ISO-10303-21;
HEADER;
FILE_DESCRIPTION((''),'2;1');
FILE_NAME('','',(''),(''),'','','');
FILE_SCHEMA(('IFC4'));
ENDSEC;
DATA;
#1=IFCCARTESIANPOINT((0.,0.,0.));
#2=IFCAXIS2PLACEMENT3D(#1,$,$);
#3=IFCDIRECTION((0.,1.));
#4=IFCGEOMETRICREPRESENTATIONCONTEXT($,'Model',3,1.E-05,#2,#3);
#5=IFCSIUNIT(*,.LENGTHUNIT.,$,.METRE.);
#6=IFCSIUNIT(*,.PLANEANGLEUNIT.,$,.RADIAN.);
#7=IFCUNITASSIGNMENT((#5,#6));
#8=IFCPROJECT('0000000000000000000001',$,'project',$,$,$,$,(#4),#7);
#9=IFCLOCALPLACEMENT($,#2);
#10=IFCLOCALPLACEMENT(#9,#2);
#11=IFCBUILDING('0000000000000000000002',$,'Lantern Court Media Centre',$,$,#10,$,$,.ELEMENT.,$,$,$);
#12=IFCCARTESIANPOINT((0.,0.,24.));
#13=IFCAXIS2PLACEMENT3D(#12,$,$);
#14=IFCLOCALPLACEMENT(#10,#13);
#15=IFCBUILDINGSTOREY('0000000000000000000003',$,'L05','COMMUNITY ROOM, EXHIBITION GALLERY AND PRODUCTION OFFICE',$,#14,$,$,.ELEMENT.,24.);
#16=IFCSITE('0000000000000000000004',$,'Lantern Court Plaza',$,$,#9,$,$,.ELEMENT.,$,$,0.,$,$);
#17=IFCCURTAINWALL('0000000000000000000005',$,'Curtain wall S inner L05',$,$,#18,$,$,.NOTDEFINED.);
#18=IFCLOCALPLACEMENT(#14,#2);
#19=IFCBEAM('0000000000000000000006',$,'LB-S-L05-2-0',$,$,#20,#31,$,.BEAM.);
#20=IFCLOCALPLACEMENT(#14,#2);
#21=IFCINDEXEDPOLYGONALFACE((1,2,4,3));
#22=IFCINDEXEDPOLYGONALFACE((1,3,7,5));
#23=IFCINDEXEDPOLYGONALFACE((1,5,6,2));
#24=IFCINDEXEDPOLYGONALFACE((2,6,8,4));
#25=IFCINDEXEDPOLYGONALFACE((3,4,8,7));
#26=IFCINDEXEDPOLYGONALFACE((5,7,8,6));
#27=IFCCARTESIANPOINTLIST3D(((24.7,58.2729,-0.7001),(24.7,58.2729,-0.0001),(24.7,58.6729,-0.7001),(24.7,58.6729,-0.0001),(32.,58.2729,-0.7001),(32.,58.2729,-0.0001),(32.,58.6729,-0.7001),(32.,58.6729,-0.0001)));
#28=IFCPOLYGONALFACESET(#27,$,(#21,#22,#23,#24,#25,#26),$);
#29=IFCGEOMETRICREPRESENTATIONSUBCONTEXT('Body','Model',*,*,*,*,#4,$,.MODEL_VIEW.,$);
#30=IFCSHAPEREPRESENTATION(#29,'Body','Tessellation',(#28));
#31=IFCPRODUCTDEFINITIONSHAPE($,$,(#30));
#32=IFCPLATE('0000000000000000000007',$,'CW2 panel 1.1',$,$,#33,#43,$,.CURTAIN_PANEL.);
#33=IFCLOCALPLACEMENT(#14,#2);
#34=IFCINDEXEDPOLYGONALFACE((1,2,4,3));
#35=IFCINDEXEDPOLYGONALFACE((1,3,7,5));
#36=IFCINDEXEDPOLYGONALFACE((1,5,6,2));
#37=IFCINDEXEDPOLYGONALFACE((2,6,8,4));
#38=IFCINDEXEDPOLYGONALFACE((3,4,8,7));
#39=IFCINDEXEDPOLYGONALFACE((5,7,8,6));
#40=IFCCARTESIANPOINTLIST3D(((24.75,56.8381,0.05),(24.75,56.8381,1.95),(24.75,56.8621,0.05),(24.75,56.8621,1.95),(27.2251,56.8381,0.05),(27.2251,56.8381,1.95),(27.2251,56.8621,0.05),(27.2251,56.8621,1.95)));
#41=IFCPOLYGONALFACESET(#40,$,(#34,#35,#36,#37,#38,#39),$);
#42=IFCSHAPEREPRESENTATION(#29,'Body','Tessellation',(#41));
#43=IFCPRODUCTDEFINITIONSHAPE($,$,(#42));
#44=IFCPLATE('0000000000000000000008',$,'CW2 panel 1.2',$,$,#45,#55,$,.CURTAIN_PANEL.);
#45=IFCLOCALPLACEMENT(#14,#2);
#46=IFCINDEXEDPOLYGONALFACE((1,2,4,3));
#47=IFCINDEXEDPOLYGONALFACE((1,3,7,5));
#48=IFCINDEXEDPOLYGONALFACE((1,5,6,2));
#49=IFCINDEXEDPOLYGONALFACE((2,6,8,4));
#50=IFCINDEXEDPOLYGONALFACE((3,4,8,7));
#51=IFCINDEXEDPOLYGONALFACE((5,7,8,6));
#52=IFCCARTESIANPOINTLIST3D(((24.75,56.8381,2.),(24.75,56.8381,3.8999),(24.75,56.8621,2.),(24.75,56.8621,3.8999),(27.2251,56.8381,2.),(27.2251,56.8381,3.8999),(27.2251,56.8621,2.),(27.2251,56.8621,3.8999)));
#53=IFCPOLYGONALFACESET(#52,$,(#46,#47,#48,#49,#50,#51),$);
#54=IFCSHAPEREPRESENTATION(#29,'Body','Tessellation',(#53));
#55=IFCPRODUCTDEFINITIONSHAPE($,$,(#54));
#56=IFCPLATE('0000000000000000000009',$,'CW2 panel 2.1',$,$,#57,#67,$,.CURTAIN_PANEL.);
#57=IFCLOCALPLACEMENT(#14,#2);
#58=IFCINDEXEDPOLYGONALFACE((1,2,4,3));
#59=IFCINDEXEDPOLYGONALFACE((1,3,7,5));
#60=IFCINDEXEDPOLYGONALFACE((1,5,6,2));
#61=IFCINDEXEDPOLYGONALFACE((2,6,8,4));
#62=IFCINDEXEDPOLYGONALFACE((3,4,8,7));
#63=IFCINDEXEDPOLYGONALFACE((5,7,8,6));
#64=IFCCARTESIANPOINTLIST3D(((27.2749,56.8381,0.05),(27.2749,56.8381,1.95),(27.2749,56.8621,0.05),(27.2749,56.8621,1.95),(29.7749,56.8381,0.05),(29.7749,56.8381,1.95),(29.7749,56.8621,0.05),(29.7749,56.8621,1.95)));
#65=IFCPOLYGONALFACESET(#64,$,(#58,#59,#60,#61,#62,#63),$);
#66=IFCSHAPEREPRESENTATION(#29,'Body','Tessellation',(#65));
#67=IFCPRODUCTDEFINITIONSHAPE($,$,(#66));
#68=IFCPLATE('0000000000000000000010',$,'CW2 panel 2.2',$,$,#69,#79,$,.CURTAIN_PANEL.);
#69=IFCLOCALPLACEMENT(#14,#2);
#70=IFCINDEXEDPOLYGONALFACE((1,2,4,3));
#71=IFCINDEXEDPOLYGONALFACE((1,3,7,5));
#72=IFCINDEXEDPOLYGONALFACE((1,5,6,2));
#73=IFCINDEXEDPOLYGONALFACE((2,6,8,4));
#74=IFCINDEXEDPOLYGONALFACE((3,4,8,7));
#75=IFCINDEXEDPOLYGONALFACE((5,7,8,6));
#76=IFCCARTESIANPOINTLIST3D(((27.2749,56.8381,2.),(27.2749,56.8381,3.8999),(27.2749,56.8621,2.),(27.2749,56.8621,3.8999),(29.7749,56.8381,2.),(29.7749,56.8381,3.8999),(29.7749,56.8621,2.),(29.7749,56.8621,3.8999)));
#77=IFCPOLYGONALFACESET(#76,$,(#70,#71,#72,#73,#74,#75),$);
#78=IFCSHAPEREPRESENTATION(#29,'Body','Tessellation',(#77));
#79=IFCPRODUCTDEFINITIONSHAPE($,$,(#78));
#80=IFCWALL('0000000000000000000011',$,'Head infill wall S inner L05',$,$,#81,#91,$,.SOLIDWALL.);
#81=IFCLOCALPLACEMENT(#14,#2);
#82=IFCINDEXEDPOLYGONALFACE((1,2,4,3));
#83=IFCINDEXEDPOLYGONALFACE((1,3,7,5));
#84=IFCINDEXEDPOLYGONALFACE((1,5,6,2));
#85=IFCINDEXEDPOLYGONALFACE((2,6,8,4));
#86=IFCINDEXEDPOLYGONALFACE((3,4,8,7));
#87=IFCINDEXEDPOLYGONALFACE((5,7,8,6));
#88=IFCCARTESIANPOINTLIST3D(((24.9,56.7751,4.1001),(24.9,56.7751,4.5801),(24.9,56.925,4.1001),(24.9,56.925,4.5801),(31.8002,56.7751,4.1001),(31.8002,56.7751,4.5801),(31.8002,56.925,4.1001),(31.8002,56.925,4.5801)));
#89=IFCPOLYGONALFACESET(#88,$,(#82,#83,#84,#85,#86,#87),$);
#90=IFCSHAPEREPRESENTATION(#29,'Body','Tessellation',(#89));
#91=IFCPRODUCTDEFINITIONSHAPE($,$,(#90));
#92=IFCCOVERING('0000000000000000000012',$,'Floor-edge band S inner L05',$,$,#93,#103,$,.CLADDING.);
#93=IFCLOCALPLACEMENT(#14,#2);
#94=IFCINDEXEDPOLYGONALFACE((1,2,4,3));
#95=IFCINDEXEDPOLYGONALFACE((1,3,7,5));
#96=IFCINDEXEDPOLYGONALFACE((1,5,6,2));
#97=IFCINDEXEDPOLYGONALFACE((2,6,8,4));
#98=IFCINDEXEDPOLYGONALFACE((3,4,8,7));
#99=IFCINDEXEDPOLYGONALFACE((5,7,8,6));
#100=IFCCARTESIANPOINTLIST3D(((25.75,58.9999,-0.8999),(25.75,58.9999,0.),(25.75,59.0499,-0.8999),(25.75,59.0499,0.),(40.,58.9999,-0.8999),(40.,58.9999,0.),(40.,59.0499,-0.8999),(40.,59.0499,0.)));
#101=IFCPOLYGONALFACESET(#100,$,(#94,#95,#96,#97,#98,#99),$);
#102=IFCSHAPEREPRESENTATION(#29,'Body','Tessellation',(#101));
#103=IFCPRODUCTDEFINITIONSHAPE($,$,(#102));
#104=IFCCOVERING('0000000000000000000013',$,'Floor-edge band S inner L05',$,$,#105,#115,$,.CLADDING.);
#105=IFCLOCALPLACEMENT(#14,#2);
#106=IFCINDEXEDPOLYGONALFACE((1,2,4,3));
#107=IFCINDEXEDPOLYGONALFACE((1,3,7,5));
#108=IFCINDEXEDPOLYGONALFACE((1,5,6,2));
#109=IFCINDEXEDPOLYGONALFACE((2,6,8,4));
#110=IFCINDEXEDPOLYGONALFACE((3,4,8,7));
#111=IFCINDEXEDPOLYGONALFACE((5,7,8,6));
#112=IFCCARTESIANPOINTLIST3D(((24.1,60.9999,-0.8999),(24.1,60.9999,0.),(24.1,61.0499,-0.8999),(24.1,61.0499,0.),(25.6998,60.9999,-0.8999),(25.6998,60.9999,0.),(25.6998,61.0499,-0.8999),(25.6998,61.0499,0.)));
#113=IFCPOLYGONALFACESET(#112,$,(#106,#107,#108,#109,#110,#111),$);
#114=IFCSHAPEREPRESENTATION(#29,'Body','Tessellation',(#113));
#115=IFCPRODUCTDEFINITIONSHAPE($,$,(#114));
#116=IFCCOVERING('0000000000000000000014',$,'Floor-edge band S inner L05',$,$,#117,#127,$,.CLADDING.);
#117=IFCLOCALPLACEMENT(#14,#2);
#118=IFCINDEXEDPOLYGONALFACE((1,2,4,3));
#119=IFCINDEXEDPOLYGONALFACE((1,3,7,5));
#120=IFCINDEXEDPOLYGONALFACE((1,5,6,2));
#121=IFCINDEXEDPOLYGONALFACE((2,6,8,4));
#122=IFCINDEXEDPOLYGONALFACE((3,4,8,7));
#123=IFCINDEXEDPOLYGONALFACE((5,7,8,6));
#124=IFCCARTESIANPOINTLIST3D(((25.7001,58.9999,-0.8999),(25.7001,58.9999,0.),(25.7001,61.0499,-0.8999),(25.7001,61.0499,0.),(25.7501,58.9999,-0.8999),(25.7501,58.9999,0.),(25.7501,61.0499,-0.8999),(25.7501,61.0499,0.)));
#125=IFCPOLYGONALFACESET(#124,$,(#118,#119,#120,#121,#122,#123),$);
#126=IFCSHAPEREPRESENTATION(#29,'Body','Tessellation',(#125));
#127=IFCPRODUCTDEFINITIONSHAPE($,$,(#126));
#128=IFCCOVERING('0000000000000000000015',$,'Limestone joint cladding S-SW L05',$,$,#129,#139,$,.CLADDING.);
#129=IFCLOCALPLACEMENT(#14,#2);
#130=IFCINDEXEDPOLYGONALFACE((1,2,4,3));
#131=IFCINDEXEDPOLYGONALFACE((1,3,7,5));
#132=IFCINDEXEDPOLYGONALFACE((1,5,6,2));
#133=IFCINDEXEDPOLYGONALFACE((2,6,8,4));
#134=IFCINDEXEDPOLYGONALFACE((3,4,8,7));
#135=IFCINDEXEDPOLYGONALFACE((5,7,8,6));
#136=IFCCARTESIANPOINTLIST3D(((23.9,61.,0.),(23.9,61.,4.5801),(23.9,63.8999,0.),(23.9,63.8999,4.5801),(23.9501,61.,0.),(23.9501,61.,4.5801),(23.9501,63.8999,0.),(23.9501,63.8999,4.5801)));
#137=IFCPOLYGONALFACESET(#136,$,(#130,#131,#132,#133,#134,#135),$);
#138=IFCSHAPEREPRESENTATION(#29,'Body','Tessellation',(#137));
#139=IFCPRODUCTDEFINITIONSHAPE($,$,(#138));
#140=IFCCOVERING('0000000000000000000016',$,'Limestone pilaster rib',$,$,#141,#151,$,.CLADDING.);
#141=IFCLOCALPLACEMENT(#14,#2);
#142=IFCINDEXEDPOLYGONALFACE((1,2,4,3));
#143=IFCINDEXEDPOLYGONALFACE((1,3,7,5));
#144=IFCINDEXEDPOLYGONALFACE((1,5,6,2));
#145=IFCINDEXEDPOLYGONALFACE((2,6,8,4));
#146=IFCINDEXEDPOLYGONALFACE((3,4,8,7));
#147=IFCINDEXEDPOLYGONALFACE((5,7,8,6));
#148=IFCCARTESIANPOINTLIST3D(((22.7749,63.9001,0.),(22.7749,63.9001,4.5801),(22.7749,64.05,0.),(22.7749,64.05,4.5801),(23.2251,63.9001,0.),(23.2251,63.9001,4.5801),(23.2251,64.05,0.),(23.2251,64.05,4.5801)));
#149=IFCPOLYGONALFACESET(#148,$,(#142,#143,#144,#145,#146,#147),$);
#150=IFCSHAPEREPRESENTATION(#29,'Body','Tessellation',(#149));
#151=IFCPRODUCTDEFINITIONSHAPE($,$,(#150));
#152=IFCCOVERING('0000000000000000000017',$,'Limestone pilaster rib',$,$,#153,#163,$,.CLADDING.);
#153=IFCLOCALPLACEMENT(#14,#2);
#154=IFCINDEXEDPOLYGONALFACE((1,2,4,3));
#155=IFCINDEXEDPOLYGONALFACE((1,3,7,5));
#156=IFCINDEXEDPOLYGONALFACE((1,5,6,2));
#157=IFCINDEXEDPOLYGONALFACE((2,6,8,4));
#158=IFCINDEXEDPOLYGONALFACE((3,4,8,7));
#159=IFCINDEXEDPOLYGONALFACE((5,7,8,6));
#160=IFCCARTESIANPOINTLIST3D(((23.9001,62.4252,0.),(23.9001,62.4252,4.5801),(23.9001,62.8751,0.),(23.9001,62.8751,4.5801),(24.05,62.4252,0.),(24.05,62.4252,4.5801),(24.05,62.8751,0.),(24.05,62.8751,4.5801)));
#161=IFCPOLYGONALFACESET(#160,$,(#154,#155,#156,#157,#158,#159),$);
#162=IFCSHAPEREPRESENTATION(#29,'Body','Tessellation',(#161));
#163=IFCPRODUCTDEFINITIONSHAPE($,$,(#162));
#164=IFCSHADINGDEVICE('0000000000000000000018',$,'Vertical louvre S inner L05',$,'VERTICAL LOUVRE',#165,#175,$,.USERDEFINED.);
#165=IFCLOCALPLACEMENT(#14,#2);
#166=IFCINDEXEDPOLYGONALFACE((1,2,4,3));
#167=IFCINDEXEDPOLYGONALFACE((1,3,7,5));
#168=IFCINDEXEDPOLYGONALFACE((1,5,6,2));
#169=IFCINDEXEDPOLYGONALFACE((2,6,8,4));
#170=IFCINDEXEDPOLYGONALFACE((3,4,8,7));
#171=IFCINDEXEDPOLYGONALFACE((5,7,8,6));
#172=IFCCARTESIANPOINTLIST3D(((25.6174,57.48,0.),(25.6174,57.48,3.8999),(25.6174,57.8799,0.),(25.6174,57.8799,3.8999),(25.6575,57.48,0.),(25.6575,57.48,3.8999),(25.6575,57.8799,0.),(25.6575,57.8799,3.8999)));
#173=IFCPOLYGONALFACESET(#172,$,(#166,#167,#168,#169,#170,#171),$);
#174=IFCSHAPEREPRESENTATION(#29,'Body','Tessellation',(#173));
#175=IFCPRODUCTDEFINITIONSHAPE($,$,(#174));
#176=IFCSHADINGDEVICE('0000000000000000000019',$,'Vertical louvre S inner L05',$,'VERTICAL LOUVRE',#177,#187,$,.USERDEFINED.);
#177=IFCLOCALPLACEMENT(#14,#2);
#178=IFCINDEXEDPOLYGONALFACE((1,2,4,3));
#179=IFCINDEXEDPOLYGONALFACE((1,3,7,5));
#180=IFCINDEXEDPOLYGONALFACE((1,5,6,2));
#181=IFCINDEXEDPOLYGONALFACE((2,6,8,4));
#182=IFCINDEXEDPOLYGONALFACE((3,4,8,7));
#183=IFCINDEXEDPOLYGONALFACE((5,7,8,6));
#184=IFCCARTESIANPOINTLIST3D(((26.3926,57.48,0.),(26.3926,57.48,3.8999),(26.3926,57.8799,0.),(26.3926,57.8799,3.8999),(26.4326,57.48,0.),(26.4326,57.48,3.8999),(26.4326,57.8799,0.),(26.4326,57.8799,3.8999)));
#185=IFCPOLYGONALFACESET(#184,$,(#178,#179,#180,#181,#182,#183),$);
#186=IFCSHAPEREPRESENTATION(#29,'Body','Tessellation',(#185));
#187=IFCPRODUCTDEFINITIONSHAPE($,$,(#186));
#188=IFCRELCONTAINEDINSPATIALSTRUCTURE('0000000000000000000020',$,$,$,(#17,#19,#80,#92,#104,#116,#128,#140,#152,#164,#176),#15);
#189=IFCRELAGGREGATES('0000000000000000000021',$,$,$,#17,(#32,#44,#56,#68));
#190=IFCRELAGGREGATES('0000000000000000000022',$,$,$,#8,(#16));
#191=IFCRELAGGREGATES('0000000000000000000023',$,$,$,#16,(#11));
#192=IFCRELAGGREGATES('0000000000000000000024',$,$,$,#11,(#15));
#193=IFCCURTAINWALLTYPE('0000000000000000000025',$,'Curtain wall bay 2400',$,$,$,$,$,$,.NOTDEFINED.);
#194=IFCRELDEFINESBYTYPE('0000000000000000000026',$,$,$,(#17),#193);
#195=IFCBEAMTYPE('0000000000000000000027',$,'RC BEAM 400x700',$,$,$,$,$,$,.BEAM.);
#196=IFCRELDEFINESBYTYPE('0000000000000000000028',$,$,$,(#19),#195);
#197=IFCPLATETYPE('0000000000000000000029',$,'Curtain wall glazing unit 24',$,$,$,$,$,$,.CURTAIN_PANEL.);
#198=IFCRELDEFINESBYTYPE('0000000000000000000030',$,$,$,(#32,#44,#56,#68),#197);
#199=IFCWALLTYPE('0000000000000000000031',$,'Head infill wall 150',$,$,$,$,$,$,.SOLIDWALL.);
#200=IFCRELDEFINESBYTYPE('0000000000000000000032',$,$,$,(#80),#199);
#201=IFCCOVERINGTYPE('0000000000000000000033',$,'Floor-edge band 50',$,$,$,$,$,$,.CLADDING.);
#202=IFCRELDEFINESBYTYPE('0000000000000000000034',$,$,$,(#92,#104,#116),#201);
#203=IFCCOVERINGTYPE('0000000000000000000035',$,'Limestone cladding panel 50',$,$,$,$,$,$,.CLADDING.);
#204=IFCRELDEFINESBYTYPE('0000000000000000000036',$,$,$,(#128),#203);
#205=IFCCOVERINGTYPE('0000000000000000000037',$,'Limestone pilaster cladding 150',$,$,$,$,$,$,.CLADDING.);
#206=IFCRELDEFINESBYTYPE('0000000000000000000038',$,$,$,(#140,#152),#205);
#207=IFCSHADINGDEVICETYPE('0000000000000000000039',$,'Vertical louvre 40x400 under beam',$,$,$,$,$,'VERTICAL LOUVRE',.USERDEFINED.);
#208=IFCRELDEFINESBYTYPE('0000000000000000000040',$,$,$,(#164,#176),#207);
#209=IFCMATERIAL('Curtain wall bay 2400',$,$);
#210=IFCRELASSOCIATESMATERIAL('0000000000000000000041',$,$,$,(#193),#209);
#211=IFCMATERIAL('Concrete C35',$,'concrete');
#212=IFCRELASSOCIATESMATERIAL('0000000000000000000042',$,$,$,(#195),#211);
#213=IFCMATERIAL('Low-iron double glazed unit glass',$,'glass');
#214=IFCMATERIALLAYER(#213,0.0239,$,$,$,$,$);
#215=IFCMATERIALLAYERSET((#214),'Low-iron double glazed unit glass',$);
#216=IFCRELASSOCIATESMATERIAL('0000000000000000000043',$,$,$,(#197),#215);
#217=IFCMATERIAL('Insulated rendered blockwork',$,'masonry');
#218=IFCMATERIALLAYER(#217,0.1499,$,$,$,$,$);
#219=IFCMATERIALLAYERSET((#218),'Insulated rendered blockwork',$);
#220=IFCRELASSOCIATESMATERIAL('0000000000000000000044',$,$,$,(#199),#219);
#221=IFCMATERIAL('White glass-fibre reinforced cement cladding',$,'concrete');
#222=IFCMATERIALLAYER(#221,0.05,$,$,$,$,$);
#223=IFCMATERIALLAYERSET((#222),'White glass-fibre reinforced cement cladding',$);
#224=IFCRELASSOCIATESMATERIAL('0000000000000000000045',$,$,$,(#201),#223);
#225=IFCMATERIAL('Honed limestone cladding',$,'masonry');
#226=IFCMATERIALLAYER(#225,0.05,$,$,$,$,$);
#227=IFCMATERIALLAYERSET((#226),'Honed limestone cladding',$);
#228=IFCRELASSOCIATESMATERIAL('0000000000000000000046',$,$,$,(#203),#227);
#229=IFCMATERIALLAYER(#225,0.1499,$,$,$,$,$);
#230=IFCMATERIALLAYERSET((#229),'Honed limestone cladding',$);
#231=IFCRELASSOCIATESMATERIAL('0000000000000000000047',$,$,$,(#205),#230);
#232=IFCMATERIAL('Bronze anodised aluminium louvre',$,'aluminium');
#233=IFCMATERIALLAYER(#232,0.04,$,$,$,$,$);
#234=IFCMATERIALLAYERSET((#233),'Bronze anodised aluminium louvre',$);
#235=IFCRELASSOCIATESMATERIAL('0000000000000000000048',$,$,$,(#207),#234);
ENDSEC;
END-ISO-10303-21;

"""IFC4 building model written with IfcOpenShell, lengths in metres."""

from ifc_helpers import new_model, si_unit, direction, frame, frame_2d, origin, origin_2d, place, context, subcontext, project, spatial, rectangle, extrude, material, layer, layer_set, material_profile, profile_set, type_object, element, aggregate, save


model = new_model("IFC4")

# Units and contexts
model_context = context("Model", 3, precision=1e-05, world=origin(), true_north=direction((0.0, 1.0)))
body_context = subcontext(model_context, "Body", "Model", "MODEL_VIEW")
ifc_project = project(units=[si_unit("LENGTHUNIT", "METRE"), si_unit("PLANEANGLEUNIT", "RADIAN")], contexts=[model_context])

# Site, building, storey
site_placement = place(None, origin())
site = spatial("IfcSite", under=ifc_project, at=site_placement, Name="Lantern Court Plaza", CompositionType="ELEMENT", RefElevation=0.0)
building_placement = place(site_placement, origin())
building = spatial("IfcBuilding", under=site, at=building_placement, Name="Lantern Court Media Centre", CompositionType="ELEMENT")
storey_placement = place(building_placement, frame((0.0, 0.0, 24.0)))
storey = spatial("IfcBuildingStorey", under=building, at=storey_placement, Name="L05", Description="COMMUNITY ROOM, EXHIBITION GALLERY AND PRODUCTION OFFICE", CompositionType="ELEMENT", Elevation=24.0)

# Shared definitions
ifc_material_1 = material(Name="Concrete C35", Category="concrete")

# Curtain wall
ifc_material_2 = material(Name="Curtain wall bay 2400")
curtain_wall_type = type_object("IfcCurtainWallType", Name="Curtain wall bay 2400", PredefinedType="NOTDEFINED", material=ifc_material_2)
curtain_wall_placement = place(storey_placement, origin())
curtain_wall = element("IfcCurtainWall", 1, at=curtain_wall_placement, inside=storey, type_object=curtain_wall_type, Name="Curtain wall S inner L05", PredefinedType="NOTDEFINED")

# Beam
ifc_material_profile_1 = material_profile(ifc_material_1, rectangle(XDim=0.3999, YDim=0.7, at=origin_2d()), Name="RC 400x700")
ifc_profile_set_1 = profile_set([ifc_material_profile_1], Name="Concrete C35")
beam_type_1 = type_object("IfcBeamType", Name="RC BEAM 400x700", PredefinedType="BEAM", material=ifc_profile_set_1)
beam_1_placement = place(storey_placement, frame((24.7, 58.4729, -0.3501), z_axis=(1.0, 0.0, 0.0), x_axis=(0.0, 1.0, 0.0)))
element("IfcBeam", 2, at=beam_1_placement, inside=storey, type_object=beam_type_1, Name="LB-S-L05-2-0", PredefinedType="BEAM", context=body_context, shape_type="SweptSolid", body=[
    extrude(rectangle(XDim=0.3999, YDim=0.7, at=origin_2d()), origin(), (0.0, 0.0, 1.0), 7.3),
])

# Plates
ifc_material_3 = material(Name="Low-iron double glazed unit glass", Category="glass")
ifc_layer_1 = layer(ifc_material_3, 0.0239)
ifc_layer_set_1 = layer_set([ifc_layer_1], Name="Low-iron double glazed unit glass")
plate_type = type_object("IfcPlateType", Name="Curtain wall glazing unit 24", PredefinedType="CURTAIN_PANEL", material=ifc_layer_set_1)
plate_1_placement = place(storey_placement, frame((25.9875, 56.8501, 0.05), z_axis=(0.0, 0.0, 1.0), x_axis=(1.0, 0.0, 0.0)))
plate_1 = element("IfcPlate", 3, at=plate_1_placement, type_object=plate_type, Name="CW2 panel 1.1", PredefinedType="CURTAIN_PANEL", context=body_context, shape_type="SweptSolid", body=[
    extrude(rectangle(XDim=2.4751, YDim=0.0239, at=origin_2d()), origin(), (0.0, 0.0, 1.0), 1.8999),
])
plate_2_placement = place(storey_placement, frame((25.9875, 56.8501, 2.0), z_axis=(0.0, 0.0, 1.0), x_axis=(1.0, 0.0, 0.0)))
plate_2 = element("IfcPlate", 4, at=plate_2_placement, type_object=plate_type, Name="CW2 panel 1.2", PredefinedType="CURTAIN_PANEL", context=body_context, shape_type="SweptSolid", body=[
    extrude(rectangle(XDim=2.4751, YDim=0.0239, at=origin_2d()), origin(), (0.0, 0.0, 1.0), 1.8999),
])
plate_3_placement = place(storey_placement, frame((28.5249, 56.8501, 0.05), z_axis=(0.0, 0.0, 1.0), x_axis=(1.0, 0.0, 0.0)))
plate_3 = element("IfcPlate", 5, at=plate_3_placement, type_object=plate_type, Name="CW2 panel 2.1", PredefinedType="CURTAIN_PANEL", context=body_context, shape_type="SweptSolid", body=[
    extrude(rectangle(XDim=2.5, YDim=0.0239, at=origin_2d()), origin(), (0.0, 0.0, 1.0), 1.8999),
])
plate_4_placement = place(storey_placement, frame((28.5249, 56.8501, 2.0), z_axis=(0.0, 0.0, 1.0), x_axis=(1.0, 0.0, 0.0)))
plate_4 = element("IfcPlate", 6, at=plate_4_placement, type_object=plate_type, Name="CW2 panel 2.2", PredefinedType="CURTAIN_PANEL", context=body_context, shape_type="SweptSolid", body=[
    extrude(rectangle(XDim=2.5, YDim=0.0239, at=origin_2d()), origin(), (0.0, 0.0, 1.0), 1.8999),
])
aggregate(curtain_wall, [plate_1, plate_2, plate_3, plate_4])

# Wall
ifc_material_4 = material(Name="Insulated rendered blockwork", Category="masonry")
ifc_layer_2 = layer(ifc_material_4, 0.1499)
ifc_layer_set_2 = layer_set([ifc_layer_2], Name="Insulated rendered blockwork")
wall_type = type_object("IfcWallType", Name="Head infill wall 150", PredefinedType="SOLIDWALL", material=ifc_layer_set_2)
wall_placement = place(storey_placement, frame((24.8999, 56.8501, 4.1001), z_axis=(0.0, 0.0, 1.0), x_axis=(1.0, 0.0, 0.0)))
element("IfcWall", 7, at=wall_placement, inside=storey, type_object=wall_type, Name="Head infill wall S inner L05", PredefinedType="SOLIDWALL", context=body_context, shape_type="SweptSolid", body=[
    extrude(rectangle(XDim=6.9001, YDim=0.1499, at=frame_2d((3.4502, 0.0))), origin(), (0.0, 0.0, 1.0), 0.48),
])

# Coverings
ifc_material_5 = material(Name="White glass-fibre reinforced cement cladding", Category="concrete")
ifc_layer_3 = layer(ifc_material_5, 0.05)
ifc_layer_set_3 = layer_set([ifc_layer_3], Name="White glass-fibre reinforced cement cladding")
covering_type_1 = type_object("IfcCoveringType", Name="Floor-edge band 50", PredefinedType="CLADDING", material=ifc_layer_set_3)
covering_1_placement = place(storey_placement, frame((25.75, 59.0249, -0.8999), z_axis=(0.0, 0.0, 1.0), x_axis=(1.0, 0.0, 0.0)))
element("IfcCovering", 8, at=covering_1_placement, inside=storey, type_object=covering_type_1, Name="Floor-edge band S inner L05", PredefinedType="CLADDING", context=body_context, shape_type="SweptSolid", body=[
    extrude(rectangle(XDim=14.25, YDim=0.05, at=frame_2d((7.125, 0.0))), origin(), (0.0, 0.0, 1.0), 0.8999),
])
covering_2_placement = place(storey_placement, frame((24.1001, 61.0249, -0.8999), z_axis=(0.0, 0.0, 1.0), x_axis=(1.0, 0.0, 0.0)))
element("IfcCovering", 9, at=covering_2_placement, inside=storey, type_object=covering_type_1, Name="Floor-edge band S inner L05", PredefinedType="CLADDING", context=body_context, shape_type="SweptSolid", body=[
    extrude(rectangle(XDim=1.5999, YDim=0.05, at=frame_2d((0.7998, 0.0))), origin(), (0.0, 0.0, 1.0), 0.8999),
])
covering_3_placement = place(storey_placement, frame((25.7251, 59.0, -0.8999), z_axis=(0.0, 0.0, 1.0), x_axis=(0.0, 1.0, 0.0)))
element("IfcCovering", 10, at=covering_3_placement, inside=storey, type_object=covering_type_1, Name="Floor-edge band S inner L05", PredefinedType="CLADDING", context=body_context, shape_type="SweptSolid", body=[
    extrude(rectangle(XDim=2.05, YDim=0.05, at=frame_2d((1.0249, 0.0))), origin(), (0.0, 0.0, 1.0), 0.8999),
])

# Coverings
ifc_material_6 = material(Name="Honed limestone cladding", Category="masonry")
ifc_layer_4 = layer(ifc_material_6, 0.05)
ifc_layer_set_4 = layer_set([ifc_layer_4], Name="Honed limestone cladding")
covering_type_2 = type_object("IfcCoveringType", Name="Limestone cladding panel 50", PredefinedType="CLADDING", material=ifc_layer_set_4)
covering_4_placement = place(storey_placement, frame((23.925, 61.0, 0.0), z_axis=(0.0, 0.0, 1.0), x_axis=(0.0, 1.0, 0.0)))
element("IfcCovering", 11, at=covering_4_placement, inside=storey, type_object=covering_type_2, Name="Limestone joint cladding S-SW L05", PredefinedType="CLADDING", context=body_context, shape_type="SweptSolid", body=[
    extrude(rectangle(XDim=2.8999, YDim=0.05, at=frame_2d((1.45, 0.0))), origin(), (0.0, 0.0, 1.0), 4.5801),
])
ifc_layer_5 = layer(ifc_material_6, 0.1499)
ifc_layer_set_5 = layer_set([ifc_layer_5], Name="Honed limestone cladding")
covering_type_3 = type_object("IfcCoveringType", Name="Limestone pilaster cladding 150", PredefinedType="CLADDING", material=ifc_layer_set_5)
covering_5_placement = place(storey_placement, frame((22.7749, 63.9751, 0.0), z_axis=(0.0, 0.0, 1.0), x_axis=(1.0, 0.0, 0.0)))
element("IfcCovering", 12, at=covering_5_placement, inside=storey, type_object=covering_type_3, Name="Limestone pilaster rib", PredefinedType="CLADDING", context=body_context, shape_type="SweptSolid", body=[
    extrude(rectangle(XDim=0.4502, YDim=0.1499, at=frame_2d((0.2251, 0.0))), origin(), (0.0, 0.0, 1.0), 4.5801),
])
covering_6_placement = place(storey_placement, frame((23.9751, 62.425, 0.0), z_axis=(0.0, 0.0, 1.0), x_axis=(0.0, 1.0, 0.0)))
element("IfcCovering", 13, at=covering_6_placement, inside=storey, type_object=covering_type_3, Name="Limestone pilaster rib", PredefinedType="CLADDING", context=body_context, shape_type="SweptSolid", body=[
    extrude(rectangle(XDim=0.45, YDim=0.1499, at=frame_2d((0.2251, 0.0))), origin(), (0.0, 0.0, 1.0), 4.5801),
])

# Shading devices
ifc_material_7 = material(Name="Bronze anodised aluminium louvre", Category="aluminium")
ifc_layer_6 = layer(ifc_material_7, 0.04)
ifc_layer_set_6 = layer_set([ifc_layer_6], Name="Bronze anodised aluminium louvre")
shading_device_type = type_object("IfcShadingDeviceType", Name="Vertical louvre 40x400 under beam", ElementType="VERTICAL LOUVRE", PredefinedType="USERDEFINED", material=ifc_layer_set_6)
for number, where, z_axis, x_axis, name in (
    (14, (25.6375, 57.6799, 0.0), (0.0, 0.0, 1.0), (1.0, 0.0, 0.0), "Vertical louvre S inner L05"),
    (15, (26.4126, 57.6799, 0.0), (0.0, 0.0, 1.0), (1.0, 0.0, 0.0), "Vertical louvre S inner L05"),
):
    element("IfcShadingDevice", number, at=place(storey_placement, frame(where, z_axis=z_axis, x_axis=x_axis)), inside=storey, type_object=shading_device_type, Name=name, ObjectType="VERTICAL LOUVRE", PredefinedType="USERDEFINED", context=body_context, shape_type="SweptSolid", body=[
        extrude(rectangle(XDim=0.04, YDim=0.3999, at=origin_2d()), origin(), (0.0, 0.0, 1.0), 3.8999),
    ])

save(model, "model.ifc")
